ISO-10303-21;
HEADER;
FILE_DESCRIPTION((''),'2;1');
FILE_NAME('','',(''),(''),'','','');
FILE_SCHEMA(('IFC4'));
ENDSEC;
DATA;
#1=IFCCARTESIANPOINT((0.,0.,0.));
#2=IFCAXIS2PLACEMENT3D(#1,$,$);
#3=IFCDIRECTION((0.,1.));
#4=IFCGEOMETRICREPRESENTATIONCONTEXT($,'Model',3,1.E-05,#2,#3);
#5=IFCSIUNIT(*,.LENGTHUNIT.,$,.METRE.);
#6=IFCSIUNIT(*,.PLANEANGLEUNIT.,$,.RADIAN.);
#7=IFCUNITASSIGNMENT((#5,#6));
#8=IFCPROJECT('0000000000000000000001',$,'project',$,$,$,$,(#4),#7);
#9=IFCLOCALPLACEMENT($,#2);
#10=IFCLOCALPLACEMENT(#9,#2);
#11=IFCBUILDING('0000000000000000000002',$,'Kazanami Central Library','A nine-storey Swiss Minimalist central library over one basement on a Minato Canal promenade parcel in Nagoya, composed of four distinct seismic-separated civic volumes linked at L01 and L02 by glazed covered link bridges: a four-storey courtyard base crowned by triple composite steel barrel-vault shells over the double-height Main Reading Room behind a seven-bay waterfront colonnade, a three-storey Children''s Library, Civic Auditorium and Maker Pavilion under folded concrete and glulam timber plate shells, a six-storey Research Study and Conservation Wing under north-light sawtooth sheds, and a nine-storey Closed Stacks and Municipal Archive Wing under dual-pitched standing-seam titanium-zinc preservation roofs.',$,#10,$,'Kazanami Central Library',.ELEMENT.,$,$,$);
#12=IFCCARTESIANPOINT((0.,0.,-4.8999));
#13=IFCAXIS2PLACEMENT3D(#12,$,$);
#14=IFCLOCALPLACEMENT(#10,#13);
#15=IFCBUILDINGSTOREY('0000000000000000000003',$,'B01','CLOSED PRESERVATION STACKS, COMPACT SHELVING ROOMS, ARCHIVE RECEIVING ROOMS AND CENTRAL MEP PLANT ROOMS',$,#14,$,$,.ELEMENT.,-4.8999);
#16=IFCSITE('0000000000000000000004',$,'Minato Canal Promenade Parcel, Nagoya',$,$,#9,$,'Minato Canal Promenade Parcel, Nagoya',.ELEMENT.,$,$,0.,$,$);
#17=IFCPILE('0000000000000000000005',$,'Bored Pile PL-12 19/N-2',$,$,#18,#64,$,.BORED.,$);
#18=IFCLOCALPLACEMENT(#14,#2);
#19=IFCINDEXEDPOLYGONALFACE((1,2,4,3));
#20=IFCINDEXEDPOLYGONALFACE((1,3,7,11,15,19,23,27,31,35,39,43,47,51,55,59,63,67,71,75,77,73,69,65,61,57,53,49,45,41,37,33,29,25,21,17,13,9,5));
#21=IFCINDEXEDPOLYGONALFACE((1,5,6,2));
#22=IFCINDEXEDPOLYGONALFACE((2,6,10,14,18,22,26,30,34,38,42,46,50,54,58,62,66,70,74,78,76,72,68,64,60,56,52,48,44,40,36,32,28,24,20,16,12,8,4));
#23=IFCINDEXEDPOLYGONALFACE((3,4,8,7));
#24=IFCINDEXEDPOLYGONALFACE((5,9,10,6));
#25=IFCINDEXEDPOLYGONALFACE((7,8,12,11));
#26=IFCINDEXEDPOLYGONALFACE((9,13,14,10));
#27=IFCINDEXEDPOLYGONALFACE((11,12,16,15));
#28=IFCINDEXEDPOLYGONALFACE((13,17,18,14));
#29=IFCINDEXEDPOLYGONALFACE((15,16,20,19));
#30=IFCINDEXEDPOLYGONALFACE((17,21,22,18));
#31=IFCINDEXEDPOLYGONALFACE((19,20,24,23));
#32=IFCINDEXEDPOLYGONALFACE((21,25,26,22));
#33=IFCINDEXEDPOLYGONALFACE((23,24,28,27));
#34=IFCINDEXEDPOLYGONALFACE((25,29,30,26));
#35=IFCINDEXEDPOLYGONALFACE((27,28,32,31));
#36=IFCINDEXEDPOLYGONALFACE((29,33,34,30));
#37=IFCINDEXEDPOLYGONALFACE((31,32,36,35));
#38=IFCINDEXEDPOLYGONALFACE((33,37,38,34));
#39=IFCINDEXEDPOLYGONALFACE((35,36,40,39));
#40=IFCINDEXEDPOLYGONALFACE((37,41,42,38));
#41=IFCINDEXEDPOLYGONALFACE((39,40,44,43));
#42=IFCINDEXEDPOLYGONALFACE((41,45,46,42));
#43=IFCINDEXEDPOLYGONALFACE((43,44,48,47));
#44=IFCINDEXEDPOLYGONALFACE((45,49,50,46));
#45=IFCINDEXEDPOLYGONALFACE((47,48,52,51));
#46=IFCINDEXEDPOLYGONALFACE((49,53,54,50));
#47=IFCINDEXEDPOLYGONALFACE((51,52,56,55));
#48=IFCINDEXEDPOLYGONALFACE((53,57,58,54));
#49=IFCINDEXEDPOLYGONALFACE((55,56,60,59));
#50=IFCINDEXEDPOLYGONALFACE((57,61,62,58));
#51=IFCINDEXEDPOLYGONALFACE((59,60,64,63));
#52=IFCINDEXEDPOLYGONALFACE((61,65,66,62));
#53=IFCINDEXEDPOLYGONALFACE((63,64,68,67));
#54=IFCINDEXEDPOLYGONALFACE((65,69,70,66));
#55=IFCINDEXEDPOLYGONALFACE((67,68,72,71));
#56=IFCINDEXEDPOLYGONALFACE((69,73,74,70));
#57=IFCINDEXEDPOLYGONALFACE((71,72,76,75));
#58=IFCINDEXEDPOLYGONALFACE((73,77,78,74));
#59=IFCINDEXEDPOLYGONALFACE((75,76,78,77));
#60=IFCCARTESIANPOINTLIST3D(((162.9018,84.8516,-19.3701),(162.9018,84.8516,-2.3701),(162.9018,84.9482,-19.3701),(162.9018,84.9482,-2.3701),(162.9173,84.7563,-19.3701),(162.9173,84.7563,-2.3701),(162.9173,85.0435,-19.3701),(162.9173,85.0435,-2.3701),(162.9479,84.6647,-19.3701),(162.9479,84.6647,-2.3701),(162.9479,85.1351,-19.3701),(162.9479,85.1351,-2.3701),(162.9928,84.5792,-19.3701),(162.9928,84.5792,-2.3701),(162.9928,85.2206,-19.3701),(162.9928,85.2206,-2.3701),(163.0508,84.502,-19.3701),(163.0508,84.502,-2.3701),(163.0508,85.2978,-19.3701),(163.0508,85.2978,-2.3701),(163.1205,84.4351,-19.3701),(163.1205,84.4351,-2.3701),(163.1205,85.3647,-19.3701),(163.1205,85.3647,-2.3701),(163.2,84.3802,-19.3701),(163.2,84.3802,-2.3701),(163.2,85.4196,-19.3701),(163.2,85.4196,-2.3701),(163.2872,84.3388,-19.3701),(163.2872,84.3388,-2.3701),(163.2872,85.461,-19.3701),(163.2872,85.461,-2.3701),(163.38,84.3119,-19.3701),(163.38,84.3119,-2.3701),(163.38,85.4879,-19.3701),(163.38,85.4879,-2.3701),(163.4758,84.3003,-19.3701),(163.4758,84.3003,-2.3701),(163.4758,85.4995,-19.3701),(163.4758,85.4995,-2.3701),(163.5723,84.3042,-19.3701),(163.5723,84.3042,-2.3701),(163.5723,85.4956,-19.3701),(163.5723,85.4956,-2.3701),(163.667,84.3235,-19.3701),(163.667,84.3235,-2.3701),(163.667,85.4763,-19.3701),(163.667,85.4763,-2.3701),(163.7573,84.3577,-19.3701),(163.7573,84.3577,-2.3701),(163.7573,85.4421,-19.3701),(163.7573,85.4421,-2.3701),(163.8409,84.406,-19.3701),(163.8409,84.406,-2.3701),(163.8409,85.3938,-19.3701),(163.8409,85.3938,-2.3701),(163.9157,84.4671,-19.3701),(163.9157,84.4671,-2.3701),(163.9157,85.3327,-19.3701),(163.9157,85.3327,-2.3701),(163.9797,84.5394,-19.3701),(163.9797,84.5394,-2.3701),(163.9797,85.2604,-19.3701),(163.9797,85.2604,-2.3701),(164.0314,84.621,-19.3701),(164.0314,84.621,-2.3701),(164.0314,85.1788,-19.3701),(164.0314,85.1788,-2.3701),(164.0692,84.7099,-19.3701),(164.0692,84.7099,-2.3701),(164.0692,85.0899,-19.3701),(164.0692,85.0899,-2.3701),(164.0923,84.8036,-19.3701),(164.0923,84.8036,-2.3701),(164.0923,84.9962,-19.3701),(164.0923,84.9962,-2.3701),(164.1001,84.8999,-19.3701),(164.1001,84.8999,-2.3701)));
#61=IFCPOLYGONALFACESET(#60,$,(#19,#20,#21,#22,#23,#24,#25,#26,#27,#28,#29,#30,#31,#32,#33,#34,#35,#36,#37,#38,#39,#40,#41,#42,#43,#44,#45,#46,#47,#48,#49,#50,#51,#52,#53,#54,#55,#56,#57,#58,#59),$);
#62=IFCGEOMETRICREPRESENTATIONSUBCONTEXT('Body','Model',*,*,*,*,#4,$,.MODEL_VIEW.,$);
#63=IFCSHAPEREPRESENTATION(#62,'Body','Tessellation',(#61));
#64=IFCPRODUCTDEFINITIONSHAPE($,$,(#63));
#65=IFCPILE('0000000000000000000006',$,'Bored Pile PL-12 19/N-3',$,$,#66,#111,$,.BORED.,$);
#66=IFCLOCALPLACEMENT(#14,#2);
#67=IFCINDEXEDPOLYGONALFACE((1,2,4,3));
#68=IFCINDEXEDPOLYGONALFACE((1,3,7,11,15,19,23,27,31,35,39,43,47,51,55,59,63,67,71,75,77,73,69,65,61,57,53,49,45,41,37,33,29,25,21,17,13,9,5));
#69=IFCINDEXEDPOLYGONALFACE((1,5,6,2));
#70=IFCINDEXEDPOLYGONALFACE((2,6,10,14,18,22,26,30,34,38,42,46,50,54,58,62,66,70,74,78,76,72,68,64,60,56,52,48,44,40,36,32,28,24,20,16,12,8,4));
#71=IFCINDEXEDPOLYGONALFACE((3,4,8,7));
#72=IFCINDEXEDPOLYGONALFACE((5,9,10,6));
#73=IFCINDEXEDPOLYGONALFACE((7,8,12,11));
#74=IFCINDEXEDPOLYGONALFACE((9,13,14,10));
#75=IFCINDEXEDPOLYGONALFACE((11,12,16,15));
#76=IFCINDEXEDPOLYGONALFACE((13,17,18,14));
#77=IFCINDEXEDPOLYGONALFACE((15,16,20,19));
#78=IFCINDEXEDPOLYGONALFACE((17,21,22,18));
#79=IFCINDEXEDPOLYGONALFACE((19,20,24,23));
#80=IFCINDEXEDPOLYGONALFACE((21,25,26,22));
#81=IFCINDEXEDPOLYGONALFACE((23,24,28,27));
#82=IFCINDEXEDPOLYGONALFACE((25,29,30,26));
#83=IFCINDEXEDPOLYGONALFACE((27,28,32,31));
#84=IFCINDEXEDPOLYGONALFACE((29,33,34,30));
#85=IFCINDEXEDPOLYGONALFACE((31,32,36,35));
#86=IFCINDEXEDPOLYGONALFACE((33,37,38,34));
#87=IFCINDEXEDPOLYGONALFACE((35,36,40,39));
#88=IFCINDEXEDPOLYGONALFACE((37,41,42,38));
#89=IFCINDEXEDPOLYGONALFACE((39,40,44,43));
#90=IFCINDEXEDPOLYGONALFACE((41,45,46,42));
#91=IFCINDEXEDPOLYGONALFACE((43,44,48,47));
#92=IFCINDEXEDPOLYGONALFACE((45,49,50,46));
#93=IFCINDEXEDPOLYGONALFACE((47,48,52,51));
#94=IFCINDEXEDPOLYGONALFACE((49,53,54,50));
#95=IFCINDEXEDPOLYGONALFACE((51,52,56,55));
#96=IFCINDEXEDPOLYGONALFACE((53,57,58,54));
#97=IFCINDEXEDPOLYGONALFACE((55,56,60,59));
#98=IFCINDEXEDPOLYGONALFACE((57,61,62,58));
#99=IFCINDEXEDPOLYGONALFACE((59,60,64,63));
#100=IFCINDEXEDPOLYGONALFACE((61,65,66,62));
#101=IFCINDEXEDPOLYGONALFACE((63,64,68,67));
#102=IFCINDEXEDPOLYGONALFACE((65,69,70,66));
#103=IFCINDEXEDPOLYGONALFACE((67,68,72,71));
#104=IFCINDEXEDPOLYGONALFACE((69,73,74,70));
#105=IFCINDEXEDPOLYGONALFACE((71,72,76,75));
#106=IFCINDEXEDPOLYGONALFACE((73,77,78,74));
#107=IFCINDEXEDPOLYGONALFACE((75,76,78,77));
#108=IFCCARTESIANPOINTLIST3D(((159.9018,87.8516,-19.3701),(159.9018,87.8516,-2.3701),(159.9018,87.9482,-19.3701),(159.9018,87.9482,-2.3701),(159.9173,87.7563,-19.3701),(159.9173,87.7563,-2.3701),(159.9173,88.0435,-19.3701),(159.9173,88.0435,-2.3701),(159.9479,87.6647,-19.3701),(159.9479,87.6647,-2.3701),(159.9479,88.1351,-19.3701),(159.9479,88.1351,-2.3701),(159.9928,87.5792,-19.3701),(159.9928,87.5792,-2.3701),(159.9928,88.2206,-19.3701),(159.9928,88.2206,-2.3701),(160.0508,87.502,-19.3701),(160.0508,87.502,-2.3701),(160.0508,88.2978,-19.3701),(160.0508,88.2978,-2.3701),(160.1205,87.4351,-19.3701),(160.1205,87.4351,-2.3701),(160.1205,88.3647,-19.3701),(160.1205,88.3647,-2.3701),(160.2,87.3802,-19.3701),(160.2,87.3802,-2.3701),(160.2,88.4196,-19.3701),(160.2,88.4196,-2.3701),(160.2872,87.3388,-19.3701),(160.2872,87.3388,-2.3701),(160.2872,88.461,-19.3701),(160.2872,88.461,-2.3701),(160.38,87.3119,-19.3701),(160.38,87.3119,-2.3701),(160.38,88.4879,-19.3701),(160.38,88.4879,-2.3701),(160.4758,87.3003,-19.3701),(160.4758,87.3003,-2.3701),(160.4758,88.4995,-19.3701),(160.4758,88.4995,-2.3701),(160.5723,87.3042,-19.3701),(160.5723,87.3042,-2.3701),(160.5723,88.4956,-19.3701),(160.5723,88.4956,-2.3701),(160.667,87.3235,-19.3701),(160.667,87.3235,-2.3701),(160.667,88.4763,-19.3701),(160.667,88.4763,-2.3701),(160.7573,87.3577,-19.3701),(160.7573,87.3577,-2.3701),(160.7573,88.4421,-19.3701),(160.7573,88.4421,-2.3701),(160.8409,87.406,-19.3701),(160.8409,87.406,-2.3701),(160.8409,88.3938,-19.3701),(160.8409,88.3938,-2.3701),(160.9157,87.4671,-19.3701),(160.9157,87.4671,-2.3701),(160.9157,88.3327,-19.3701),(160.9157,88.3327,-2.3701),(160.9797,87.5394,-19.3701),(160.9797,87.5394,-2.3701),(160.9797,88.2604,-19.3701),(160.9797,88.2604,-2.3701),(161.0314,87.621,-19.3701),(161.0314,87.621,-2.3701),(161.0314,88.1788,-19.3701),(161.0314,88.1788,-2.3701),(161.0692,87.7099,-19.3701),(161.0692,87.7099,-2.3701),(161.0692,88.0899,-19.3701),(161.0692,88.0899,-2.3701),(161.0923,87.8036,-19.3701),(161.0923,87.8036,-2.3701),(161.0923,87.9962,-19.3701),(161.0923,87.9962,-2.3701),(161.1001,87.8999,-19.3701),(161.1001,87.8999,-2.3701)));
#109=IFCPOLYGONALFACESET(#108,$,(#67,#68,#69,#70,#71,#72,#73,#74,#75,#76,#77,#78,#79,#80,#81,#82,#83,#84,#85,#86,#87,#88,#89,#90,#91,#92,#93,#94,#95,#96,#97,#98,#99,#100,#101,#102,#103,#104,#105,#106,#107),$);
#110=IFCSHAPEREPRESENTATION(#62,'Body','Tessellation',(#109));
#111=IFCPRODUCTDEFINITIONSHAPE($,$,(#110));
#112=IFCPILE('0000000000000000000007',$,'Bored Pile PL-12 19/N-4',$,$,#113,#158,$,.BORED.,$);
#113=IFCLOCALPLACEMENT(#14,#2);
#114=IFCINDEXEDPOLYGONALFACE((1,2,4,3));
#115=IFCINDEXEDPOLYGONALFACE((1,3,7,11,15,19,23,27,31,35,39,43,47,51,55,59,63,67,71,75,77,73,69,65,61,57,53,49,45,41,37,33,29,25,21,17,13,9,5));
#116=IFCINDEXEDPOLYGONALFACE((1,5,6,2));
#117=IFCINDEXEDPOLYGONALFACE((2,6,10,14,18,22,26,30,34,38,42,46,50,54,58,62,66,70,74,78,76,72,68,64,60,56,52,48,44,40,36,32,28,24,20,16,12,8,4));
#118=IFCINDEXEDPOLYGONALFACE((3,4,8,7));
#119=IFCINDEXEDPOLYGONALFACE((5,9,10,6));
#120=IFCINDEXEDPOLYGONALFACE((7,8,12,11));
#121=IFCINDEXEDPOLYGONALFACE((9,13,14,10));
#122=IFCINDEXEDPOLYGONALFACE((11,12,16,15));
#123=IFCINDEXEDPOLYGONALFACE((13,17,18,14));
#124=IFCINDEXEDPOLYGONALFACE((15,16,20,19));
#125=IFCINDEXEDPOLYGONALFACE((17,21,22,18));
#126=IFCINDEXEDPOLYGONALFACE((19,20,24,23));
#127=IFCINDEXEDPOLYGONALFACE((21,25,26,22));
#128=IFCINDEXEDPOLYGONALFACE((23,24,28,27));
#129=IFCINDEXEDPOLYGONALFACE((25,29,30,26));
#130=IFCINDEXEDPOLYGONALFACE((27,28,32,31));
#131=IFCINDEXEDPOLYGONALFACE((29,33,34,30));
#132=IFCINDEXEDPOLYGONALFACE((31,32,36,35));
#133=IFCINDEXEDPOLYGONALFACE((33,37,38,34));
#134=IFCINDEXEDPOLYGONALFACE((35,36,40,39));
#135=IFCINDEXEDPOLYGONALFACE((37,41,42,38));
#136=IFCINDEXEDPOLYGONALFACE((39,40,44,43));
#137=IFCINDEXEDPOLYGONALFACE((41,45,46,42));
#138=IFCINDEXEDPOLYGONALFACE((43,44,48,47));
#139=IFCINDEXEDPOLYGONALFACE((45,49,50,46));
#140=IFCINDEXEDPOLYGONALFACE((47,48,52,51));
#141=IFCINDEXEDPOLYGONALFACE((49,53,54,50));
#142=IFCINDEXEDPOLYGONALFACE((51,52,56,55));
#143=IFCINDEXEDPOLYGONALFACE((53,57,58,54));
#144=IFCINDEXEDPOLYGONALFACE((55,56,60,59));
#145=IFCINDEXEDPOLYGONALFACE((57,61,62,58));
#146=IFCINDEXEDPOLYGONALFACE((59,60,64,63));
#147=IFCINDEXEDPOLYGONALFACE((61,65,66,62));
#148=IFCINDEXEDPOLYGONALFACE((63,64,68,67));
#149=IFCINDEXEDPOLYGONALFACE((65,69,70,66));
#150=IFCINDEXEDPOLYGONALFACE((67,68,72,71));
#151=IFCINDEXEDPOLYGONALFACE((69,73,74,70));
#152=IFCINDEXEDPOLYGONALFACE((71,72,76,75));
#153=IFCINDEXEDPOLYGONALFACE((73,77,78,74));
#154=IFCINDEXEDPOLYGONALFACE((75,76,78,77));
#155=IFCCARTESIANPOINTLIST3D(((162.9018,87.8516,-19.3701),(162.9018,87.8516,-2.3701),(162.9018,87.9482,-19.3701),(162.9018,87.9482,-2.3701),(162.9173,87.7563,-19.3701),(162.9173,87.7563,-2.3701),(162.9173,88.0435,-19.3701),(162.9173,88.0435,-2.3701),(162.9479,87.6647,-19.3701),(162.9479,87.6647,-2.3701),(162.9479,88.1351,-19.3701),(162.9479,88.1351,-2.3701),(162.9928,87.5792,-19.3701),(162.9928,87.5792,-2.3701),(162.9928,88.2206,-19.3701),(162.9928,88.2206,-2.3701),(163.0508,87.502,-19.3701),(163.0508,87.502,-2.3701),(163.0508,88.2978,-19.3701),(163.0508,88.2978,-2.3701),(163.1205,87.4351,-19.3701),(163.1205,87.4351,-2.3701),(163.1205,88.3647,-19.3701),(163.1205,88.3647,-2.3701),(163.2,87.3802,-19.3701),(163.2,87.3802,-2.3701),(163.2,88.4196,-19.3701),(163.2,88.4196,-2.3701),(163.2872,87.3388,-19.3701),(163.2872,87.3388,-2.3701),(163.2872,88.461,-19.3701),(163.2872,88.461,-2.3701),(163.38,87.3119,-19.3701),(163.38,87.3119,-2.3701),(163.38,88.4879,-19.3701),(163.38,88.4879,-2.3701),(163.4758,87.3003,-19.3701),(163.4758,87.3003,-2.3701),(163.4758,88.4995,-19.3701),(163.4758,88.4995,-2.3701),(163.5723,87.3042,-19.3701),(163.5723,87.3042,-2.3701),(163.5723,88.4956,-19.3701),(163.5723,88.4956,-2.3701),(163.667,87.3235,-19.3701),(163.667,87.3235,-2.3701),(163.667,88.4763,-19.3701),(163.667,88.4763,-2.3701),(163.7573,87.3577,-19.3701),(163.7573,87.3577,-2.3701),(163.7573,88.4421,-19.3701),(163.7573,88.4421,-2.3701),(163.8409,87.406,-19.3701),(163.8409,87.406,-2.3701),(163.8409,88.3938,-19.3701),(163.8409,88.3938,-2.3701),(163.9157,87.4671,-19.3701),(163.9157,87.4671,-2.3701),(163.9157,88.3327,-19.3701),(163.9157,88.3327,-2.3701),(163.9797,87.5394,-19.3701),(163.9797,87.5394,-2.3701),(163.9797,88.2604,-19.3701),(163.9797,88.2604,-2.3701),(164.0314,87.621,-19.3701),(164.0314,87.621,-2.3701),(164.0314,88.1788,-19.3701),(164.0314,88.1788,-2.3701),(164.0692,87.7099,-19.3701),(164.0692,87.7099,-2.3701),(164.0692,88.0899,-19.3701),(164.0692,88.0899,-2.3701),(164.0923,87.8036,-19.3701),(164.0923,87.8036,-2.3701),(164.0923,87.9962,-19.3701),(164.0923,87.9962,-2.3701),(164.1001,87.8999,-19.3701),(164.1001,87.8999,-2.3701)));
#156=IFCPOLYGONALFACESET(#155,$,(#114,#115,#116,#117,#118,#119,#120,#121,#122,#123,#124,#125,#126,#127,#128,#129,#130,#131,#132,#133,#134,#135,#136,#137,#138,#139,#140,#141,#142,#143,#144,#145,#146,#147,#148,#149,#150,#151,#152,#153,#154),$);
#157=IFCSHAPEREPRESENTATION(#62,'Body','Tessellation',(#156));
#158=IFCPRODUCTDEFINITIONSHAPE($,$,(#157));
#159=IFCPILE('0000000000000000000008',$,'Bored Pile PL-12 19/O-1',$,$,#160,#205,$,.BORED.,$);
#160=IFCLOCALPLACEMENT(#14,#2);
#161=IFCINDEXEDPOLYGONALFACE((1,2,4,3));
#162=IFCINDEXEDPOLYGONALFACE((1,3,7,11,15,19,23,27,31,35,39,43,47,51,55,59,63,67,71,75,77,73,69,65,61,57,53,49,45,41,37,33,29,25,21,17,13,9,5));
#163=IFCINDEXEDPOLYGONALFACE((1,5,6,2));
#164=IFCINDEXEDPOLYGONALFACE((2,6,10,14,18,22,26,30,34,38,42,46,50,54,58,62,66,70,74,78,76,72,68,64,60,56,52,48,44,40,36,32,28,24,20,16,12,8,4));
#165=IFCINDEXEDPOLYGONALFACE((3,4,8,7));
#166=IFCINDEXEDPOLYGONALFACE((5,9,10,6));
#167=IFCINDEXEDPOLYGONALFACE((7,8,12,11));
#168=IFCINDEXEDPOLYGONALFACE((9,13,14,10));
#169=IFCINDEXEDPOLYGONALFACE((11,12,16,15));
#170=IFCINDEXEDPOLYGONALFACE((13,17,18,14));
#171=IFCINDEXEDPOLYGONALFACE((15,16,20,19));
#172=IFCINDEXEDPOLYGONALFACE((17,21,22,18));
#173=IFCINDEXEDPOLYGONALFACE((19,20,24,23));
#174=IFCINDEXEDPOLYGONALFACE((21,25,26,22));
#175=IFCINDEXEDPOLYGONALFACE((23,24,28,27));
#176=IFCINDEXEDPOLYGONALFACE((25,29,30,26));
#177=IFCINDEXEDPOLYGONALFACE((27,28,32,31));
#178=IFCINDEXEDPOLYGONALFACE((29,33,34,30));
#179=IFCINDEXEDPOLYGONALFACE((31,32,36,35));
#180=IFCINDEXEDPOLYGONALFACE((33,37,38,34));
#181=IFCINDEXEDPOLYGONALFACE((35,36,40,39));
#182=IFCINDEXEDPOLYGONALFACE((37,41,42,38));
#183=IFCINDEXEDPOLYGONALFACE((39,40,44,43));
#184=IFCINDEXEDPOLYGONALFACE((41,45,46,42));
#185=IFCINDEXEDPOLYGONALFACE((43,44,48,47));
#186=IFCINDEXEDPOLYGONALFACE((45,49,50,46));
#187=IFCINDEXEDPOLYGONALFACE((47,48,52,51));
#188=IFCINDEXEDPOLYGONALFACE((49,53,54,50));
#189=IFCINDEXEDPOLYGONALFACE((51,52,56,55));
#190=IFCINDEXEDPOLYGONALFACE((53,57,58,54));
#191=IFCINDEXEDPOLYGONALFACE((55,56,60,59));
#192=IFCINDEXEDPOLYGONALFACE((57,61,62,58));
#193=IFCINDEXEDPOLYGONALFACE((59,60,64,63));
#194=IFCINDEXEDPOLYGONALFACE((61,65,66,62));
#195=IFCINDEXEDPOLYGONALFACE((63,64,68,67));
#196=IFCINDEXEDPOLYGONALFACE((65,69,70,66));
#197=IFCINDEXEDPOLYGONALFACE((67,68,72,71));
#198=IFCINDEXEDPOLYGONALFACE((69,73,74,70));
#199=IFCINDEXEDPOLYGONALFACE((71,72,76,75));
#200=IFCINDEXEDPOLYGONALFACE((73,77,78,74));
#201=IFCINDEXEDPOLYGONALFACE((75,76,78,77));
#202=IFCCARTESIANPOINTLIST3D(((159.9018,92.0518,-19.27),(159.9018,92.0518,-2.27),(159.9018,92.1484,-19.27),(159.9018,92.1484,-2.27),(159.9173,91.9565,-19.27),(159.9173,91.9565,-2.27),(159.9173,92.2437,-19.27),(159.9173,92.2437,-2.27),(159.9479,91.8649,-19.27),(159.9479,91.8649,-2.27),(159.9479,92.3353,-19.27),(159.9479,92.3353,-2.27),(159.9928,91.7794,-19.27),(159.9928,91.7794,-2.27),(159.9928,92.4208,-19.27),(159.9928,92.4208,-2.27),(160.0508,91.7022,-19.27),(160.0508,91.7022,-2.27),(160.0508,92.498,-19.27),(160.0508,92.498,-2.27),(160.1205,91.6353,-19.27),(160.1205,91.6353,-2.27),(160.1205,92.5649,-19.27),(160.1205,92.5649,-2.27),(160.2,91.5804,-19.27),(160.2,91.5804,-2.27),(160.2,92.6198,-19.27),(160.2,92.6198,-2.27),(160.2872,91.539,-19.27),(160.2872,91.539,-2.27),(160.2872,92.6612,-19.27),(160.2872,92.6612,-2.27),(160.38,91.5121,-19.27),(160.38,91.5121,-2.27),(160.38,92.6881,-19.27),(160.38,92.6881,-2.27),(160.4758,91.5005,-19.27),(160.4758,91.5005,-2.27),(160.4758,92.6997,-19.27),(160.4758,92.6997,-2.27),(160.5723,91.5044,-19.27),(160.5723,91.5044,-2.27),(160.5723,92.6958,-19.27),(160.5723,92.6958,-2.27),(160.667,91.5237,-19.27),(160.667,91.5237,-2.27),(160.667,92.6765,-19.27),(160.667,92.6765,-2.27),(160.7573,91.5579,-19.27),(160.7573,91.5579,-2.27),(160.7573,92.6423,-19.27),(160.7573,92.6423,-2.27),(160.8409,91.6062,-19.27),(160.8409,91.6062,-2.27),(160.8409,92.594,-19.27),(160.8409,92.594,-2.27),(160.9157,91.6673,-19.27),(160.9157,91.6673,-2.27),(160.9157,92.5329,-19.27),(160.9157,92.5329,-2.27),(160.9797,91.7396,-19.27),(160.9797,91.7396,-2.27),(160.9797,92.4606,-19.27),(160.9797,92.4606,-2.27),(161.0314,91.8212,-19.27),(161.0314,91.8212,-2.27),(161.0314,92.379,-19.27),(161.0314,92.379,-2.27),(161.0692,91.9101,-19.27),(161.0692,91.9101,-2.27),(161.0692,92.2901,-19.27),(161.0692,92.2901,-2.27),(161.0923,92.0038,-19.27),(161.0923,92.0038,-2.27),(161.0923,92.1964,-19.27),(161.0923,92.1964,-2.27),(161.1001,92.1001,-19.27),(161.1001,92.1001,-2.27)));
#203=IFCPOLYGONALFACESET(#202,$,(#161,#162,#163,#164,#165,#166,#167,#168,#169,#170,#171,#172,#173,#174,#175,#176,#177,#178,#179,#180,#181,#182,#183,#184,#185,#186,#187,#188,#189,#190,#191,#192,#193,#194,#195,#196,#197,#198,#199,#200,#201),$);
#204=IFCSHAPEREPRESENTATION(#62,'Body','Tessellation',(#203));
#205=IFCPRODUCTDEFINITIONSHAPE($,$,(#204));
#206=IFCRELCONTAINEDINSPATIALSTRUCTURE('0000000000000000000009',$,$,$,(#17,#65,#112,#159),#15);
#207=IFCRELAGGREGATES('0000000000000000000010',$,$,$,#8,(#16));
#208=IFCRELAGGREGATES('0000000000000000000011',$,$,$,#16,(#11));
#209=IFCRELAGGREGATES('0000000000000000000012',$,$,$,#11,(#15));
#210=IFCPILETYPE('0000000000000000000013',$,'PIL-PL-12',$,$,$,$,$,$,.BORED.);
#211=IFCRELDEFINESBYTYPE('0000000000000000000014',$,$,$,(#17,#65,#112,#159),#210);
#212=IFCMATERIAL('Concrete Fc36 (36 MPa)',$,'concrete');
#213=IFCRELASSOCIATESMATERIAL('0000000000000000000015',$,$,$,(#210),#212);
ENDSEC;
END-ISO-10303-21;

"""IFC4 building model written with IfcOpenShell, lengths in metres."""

from ifc_helpers import new_model, si_unit, direction, frame, origin, origin_2d, place, context, subcontext, project, spatial, circle, extrude, material, material_profile, profile_set, type_object, element, save


model = new_model("IFC4")

# Units and contexts
model_context = context("Model", 3, precision=1e-05, world=origin(), true_north=direction((0.0, 1.0)))
body_context = subcontext(model_context, "Body", "Model", "MODEL_VIEW")
ifc_project = project(units=[si_unit("LENGTHUNIT", "METRE"), si_unit("PLANEANGLEUNIT", "RADIAN")], contexts=[model_context])

# Site, building, storey
site_placement = place(None, origin())
site = spatial("IfcSite", under=ifc_project, at=site_placement, Name="Minato Canal Promenade Parcel, Nagoya", LongName="Minato Canal Promenade Parcel, Nagoya", CompositionType="ELEMENT", RefElevation=0.0)
building_placement = place(site_placement, origin())
building = spatial("IfcBuilding", under=site, at=building_placement, Name="Kazanami Central Library", Description="A nine-storey Swiss Minimalist central library over one basement on a Minato Canal promenade parcel in Nagoya, composed of four distinct seismic-separated civic volumes linked at L01 and L02 by glazed covered link bridges: a four-storey courtyard base crowned by triple composite steel barrel-vault shells over the double-height Main Reading Room behind a seven-bay waterfront colonnade, a three-storey Children's Library, Civic Auditorium and Maker Pavilion under folded concrete and glulam timber plate shells, a six-storey Research Study and Conservation Wing under north-light sawtooth sheds, and a nine-storey Closed Stacks and Municipal Archive Wing under dual-pitched standing-seam titanium-zinc preservation roofs.", LongName="Kazanami Central Library", CompositionType="ELEMENT")
storey_placement = place(building_placement, frame((0.0, 0.0, -4.8999)))
storey = spatial("IfcBuildingStorey", under=building, at=storey_placement, Name="B01", Description="CLOSED PRESERVATION STACKS, COMPACT SHELVING ROOMS, ARCHIVE RECEIVING ROOMS AND CENTRAL MEP PLANT ROOMS", CompositionType="ELEMENT", Elevation=-4.8999)

# Shared definitions
ifc_material_1 = material(Name="Concrete Fc36 (36 MPa)", Category="concrete")

# Piles
ifc_material_profile_1 = material_profile(ifc_material_1, circle(Radius=0.6001, at=origin_2d()), Name="BORED-D1200")
ifc_profile_set_1 = profile_set([ifc_material_profile_1], Name="Concrete Fc36 (36 MPa)")
pile_type = type_object("IfcPileType", Name="PIL-PL-12", PredefinedType="BORED", material=ifc_profile_set_1)
for number, where, z_axis, x_axis, name in (
    (1, (163.5, 84.8999, -2.3701), (0.0, 0.0, -1.0), (1.0, 0.0, 0.0), "Bored Pile PL-12 19/N-2"),
    (2, (160.5, 87.8999, -2.3701), (0.0, 0.0, -1.0), (1.0, 0.0, 0.0), "Bored Pile PL-12 19/N-3"),
    (3, (163.5, 87.8999, -2.3701), (0.0, 0.0, -1.0), (1.0, 0.0, 0.0), "Bored Pile PL-12 19/N-4"),
    (4, (160.5, 92.1001, -2.27), (0.0, 0.0, -1.0), (1.0, 0.0, 0.0), "Bored Pile PL-12 19/O-1"),
):
    element("IfcPile", number, at=place(storey_placement, frame(where, z_axis=z_axis, x_axis=x_axis)), inside=storey, type_object=pile_type, Name=name, PredefinedType="BORED", context=body_context, shape_type="SweptSolid", body=[
        extrude(circle(Radius=0.6001, at=origin_2d()), origin(), (0.0, 0.0, 1.0), 17.0),
    ])

save(model, "model.ifc")
